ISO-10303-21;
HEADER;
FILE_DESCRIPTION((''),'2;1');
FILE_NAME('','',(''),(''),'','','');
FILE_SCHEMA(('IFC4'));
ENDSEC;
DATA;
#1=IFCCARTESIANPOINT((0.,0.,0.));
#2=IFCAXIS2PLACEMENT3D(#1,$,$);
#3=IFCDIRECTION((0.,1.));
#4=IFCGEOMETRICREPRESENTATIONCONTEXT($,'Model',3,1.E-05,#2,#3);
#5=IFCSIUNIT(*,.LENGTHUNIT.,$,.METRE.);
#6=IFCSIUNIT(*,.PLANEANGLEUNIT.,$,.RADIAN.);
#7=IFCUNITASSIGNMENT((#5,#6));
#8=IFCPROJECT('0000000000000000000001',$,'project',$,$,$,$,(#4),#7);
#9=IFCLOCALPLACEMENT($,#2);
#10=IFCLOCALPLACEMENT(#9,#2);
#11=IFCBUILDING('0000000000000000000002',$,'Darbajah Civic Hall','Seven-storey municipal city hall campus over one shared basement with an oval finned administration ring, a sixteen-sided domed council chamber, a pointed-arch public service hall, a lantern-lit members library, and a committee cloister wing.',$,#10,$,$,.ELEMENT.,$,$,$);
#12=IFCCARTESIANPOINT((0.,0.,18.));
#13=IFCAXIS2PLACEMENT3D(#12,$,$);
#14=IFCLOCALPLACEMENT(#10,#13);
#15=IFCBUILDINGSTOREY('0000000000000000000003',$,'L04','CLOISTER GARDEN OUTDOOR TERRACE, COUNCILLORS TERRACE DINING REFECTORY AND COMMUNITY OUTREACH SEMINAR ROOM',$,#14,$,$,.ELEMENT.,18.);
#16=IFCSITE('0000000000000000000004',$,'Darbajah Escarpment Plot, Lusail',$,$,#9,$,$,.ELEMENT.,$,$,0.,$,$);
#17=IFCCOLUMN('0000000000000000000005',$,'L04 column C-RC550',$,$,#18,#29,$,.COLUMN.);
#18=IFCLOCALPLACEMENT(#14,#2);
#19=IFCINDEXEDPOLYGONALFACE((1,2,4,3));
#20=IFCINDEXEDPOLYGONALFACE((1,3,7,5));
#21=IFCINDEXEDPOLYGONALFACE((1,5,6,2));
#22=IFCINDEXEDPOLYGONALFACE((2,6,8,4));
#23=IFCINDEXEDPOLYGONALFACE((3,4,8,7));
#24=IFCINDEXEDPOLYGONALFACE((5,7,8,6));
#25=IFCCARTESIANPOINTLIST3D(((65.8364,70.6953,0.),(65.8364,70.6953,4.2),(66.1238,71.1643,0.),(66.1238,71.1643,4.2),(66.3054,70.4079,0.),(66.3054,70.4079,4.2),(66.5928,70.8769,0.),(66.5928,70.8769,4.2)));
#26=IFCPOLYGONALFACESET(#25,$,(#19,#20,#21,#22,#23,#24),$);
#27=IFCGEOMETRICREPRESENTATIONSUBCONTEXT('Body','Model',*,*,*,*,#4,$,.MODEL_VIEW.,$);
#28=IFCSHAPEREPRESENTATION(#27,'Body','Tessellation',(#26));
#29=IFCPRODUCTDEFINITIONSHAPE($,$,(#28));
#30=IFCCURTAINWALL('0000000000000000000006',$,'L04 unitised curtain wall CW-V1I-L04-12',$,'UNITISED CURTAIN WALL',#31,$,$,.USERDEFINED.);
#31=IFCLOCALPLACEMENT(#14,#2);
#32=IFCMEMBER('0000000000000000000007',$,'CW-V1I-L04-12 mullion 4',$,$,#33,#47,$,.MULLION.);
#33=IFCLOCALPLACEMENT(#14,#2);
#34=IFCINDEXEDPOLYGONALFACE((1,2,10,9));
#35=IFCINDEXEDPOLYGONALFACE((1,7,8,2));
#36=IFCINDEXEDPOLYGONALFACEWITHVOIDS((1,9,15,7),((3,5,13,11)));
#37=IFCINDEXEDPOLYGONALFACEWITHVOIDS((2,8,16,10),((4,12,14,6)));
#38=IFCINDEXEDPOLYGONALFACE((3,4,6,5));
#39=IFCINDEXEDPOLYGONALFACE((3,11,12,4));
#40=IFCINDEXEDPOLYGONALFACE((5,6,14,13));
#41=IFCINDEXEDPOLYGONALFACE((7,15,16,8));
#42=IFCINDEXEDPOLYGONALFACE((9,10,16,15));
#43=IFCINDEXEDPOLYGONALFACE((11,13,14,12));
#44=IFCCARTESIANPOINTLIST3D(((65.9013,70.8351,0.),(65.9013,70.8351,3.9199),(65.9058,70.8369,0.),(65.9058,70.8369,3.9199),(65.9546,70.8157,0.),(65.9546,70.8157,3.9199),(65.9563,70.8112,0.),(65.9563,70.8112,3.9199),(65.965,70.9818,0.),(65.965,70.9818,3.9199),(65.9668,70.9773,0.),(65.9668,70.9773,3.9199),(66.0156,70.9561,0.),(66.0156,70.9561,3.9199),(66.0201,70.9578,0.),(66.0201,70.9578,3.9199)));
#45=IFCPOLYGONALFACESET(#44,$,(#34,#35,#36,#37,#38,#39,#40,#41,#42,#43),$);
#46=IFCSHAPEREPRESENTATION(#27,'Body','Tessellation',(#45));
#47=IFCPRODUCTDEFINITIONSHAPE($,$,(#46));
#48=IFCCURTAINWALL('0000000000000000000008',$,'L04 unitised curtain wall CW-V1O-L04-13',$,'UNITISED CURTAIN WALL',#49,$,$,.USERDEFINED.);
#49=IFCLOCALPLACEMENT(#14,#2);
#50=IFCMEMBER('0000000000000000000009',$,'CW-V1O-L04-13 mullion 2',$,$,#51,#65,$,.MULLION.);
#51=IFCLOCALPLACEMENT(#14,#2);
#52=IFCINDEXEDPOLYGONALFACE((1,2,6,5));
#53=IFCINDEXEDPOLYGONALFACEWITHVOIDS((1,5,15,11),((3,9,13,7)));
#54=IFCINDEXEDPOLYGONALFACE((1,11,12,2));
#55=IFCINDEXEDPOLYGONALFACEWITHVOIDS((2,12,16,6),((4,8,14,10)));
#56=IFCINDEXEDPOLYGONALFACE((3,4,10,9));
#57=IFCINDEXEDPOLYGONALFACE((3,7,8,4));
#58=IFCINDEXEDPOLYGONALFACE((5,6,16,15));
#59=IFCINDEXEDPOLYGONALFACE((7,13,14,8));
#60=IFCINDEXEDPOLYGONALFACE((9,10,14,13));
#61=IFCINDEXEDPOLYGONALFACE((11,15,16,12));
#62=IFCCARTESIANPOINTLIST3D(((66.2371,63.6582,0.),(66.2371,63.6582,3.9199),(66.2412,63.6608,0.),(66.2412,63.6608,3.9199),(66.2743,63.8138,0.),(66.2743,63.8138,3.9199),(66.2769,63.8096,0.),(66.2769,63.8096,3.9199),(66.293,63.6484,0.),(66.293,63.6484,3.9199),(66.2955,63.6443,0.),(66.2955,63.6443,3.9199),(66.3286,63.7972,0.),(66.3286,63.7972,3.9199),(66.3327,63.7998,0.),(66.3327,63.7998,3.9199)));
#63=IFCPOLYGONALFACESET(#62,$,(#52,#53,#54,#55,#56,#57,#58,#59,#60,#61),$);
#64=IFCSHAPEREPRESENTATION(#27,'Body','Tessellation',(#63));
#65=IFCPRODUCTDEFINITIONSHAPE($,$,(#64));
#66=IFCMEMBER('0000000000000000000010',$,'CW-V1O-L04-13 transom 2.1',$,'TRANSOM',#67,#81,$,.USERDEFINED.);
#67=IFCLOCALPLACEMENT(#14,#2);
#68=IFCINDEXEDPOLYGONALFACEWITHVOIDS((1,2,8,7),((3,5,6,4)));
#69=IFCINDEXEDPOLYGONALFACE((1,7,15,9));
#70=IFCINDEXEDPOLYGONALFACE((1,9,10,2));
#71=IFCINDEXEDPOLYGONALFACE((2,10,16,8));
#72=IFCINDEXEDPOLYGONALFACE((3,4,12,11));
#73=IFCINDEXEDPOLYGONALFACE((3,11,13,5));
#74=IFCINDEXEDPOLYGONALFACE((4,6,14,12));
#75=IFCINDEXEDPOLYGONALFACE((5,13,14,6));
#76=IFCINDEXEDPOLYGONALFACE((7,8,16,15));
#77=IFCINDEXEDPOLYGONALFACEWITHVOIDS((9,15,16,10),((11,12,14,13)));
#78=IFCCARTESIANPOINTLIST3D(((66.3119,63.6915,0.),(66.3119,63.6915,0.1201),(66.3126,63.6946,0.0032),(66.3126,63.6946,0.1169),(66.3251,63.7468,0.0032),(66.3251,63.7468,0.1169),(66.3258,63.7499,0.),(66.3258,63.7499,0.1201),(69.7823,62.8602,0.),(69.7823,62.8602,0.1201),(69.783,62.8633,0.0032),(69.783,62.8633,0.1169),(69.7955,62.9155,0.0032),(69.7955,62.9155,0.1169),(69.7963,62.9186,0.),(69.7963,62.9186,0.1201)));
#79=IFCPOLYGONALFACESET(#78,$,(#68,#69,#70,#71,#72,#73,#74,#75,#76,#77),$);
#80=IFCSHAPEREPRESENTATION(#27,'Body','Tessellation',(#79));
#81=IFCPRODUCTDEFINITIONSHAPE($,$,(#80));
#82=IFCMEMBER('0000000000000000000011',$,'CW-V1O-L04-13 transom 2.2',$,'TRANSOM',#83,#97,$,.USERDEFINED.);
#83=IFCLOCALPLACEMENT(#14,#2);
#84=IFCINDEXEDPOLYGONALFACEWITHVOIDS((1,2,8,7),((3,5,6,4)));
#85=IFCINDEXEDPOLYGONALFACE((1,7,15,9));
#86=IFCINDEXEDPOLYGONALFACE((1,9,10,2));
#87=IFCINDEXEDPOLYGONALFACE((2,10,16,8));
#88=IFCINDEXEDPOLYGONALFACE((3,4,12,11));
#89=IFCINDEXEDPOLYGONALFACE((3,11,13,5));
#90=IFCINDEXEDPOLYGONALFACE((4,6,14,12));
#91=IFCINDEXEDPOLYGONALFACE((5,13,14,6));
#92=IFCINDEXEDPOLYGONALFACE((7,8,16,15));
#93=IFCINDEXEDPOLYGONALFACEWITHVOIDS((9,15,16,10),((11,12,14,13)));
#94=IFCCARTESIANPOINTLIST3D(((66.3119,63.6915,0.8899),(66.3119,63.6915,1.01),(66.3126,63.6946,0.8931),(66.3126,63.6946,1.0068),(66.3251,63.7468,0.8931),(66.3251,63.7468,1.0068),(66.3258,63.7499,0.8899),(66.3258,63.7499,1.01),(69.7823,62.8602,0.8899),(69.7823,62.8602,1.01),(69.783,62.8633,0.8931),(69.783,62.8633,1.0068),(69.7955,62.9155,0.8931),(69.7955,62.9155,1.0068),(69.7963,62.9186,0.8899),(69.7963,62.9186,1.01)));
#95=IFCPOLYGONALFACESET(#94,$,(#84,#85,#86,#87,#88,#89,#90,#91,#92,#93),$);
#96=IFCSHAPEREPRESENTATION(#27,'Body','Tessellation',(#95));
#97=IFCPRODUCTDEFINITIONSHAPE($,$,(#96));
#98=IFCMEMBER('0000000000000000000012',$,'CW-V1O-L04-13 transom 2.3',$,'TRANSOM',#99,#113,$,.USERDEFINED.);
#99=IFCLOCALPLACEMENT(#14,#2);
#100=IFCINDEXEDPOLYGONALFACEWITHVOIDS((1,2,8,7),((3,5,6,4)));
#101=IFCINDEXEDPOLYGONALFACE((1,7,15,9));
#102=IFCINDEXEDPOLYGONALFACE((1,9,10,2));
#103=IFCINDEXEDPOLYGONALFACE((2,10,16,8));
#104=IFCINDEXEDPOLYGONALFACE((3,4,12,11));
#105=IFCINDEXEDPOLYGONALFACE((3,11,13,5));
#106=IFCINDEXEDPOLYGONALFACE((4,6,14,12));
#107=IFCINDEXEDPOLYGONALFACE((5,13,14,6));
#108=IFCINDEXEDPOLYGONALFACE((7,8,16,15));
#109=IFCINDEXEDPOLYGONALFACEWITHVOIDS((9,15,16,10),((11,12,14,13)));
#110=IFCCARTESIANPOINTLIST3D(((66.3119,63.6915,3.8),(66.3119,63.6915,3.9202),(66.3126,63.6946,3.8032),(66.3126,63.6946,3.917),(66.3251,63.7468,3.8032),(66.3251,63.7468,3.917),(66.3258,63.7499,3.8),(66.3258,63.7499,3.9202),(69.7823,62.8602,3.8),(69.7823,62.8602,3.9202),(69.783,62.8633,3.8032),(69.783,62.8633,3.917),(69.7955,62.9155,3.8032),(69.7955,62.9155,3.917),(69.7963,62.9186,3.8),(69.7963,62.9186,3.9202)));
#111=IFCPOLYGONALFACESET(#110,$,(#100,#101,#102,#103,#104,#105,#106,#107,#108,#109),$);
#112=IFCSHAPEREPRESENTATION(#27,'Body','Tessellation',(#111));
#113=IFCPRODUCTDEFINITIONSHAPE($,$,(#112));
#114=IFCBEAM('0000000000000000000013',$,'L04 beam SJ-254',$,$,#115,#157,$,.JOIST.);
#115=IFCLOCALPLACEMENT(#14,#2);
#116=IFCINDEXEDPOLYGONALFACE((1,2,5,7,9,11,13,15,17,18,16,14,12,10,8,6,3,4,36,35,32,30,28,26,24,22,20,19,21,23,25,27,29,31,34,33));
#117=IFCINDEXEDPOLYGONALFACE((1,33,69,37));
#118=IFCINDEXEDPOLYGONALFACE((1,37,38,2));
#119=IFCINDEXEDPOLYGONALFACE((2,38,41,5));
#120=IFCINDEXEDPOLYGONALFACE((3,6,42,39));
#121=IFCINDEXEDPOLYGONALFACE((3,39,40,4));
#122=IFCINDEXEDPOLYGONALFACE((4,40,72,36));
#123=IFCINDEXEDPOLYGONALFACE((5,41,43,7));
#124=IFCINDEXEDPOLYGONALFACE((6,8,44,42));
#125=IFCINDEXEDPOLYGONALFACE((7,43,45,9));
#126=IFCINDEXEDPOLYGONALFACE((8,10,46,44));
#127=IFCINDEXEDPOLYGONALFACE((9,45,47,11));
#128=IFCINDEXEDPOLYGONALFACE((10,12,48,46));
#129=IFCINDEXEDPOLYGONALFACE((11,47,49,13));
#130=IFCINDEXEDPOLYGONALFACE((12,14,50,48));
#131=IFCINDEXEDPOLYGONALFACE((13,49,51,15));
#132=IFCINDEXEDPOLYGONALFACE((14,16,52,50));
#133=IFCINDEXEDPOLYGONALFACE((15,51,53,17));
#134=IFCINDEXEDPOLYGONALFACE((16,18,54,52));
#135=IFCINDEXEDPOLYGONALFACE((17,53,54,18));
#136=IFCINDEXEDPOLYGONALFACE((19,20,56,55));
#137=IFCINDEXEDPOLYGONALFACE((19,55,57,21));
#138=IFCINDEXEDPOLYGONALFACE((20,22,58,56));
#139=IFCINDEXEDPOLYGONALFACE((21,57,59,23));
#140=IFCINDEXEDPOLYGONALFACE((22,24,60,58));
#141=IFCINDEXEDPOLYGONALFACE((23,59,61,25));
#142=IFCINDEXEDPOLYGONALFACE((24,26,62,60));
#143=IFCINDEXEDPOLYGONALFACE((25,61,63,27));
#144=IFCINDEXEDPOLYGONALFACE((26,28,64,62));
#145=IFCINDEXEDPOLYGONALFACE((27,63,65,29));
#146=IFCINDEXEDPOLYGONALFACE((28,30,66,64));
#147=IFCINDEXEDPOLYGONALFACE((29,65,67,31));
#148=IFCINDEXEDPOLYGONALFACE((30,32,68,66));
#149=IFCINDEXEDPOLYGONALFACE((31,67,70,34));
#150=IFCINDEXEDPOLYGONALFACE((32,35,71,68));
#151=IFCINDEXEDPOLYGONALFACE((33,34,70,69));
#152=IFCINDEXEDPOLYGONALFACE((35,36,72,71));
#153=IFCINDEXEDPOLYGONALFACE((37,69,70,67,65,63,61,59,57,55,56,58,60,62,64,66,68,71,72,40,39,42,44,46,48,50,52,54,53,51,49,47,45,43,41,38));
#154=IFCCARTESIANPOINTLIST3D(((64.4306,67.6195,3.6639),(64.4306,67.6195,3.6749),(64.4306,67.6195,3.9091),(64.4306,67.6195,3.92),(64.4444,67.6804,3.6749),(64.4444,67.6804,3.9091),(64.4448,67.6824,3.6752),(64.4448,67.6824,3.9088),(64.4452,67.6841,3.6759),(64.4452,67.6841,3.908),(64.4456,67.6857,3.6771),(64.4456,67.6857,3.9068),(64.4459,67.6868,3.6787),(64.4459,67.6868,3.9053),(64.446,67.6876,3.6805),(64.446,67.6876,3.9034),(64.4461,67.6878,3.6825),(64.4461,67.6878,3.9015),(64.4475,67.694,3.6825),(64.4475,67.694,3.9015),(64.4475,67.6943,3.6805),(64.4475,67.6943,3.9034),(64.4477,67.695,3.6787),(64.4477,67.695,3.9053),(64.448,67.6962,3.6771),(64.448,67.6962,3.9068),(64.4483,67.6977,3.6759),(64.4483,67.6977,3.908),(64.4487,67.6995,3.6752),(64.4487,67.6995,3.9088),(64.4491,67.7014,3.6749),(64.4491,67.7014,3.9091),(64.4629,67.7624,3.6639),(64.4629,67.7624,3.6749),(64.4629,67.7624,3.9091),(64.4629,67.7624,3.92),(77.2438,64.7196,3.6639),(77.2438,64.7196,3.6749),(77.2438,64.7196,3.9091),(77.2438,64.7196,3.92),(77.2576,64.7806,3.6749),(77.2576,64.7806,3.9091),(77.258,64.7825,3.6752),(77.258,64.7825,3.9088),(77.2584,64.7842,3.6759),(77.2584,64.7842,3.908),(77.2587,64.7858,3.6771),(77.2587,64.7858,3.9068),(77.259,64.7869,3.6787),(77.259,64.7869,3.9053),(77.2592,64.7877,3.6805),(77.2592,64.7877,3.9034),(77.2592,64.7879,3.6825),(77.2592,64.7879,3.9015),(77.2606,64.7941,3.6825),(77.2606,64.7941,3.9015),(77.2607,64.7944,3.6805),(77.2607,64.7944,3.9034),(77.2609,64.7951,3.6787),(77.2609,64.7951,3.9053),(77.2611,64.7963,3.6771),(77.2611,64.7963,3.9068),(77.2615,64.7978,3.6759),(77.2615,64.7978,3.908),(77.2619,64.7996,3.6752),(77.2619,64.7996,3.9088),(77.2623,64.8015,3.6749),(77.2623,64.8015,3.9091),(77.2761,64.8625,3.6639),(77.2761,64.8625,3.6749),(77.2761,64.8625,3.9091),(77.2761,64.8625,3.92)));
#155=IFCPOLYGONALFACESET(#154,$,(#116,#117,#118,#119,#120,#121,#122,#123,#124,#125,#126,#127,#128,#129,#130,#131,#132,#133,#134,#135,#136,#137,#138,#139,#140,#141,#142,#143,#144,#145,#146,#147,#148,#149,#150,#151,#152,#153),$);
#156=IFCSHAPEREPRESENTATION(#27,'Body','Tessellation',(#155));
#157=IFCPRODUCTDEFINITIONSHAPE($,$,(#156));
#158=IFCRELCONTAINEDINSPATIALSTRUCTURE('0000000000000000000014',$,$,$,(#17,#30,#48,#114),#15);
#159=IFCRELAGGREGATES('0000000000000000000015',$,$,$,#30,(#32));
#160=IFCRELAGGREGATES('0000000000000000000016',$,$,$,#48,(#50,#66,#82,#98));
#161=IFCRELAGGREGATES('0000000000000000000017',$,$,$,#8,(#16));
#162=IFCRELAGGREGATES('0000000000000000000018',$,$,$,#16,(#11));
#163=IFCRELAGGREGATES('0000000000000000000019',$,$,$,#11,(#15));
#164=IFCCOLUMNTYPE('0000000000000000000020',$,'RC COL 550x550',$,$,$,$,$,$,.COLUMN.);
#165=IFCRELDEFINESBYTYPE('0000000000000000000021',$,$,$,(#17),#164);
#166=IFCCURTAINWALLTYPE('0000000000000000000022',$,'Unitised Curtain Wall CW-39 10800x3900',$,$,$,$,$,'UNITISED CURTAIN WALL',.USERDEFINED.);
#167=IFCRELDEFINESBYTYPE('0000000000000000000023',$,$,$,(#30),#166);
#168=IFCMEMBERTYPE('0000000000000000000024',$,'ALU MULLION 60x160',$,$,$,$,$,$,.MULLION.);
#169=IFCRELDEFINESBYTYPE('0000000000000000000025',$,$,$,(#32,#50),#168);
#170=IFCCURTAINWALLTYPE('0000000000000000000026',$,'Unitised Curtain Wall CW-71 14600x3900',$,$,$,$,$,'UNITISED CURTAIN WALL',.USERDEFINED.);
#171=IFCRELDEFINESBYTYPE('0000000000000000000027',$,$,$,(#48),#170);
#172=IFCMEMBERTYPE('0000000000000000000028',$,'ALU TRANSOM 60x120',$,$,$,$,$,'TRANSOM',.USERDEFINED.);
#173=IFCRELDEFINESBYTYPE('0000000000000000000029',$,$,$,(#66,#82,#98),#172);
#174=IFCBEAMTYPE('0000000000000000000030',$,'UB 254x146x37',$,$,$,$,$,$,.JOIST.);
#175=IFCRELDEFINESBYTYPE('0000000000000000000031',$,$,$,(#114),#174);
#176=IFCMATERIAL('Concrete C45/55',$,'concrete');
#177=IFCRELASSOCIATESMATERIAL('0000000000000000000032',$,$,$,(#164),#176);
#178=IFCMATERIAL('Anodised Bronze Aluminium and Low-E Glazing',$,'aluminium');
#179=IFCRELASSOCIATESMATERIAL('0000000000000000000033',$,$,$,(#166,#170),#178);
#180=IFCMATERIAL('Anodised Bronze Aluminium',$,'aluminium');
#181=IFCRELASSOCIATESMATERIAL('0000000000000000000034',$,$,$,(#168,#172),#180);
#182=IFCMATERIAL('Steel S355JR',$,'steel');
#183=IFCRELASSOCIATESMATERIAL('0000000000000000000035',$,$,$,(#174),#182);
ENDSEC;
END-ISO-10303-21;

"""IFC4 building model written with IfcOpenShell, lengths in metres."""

from ifc_helpers import new_model, si_unit, direction, frame, origin, origin_2d, place, context, subcontext, project, spatial, rectangle, hollow_rectangle, i_section, extrude, material, material_profile, profile_set, type_object, element, aggregate, save


model = new_model("IFC4")

# Units and contexts
model_context = context("Model", 3, precision=1e-05, world=origin(), true_north=direction((0.0, 1.0)))
body_context = subcontext(model_context, "Body", "Model", "MODEL_VIEW")
ifc_project = project(units=[si_unit("LENGTHUNIT", "METRE"), si_unit("PLANEANGLEUNIT", "RADIAN")], contexts=[model_context])

# Site, building, storey
site_placement = place(None, origin())
site = spatial("IfcSite", under=ifc_project, at=site_placement, Name="Darbajah Escarpment Plot, Lusail", CompositionType="ELEMENT", RefElevation=0.0)
building_placement = place(site_placement, origin())
building = spatial("IfcBuilding", under=site, at=building_placement, Name="Darbajah Civic Hall", Description="Seven-storey municipal city hall campus over one shared basement with an oval finned administration ring, a sixteen-sided domed council chamber, a pointed-arch public service hall, a lantern-lit members library, and a committee cloister wing.", CompositionType="ELEMENT")
storey_placement = place(building_placement, frame((0.0, 0.0, 18.0)))
storey = spatial("IfcBuildingStorey", under=building, at=storey_placement, Name="L04", Description="CLOISTER GARDEN OUTDOOR TERRACE, COUNCILLORS TERRACE DINING REFECTORY AND COMMUNITY OUTREACH SEMINAR ROOM", CompositionType="ELEMENT", Elevation=18.0)

# Column
ifc_material_1 = material(Name="Concrete C45/55", Category="concrete")
ifc_material_profile_1 = material_profile(ifc_material_1, rectangle(XDim=0.55, YDim=0.55, at=origin_2d()), Name="RC COL 550x550")
ifc_profile_set_1 = profile_set([ifc_material_profile_1], Name="Concrete C45/55")
column_type = type_object("IfcColumnType", Name="RC COL 550x550", PredefinedType="COLUMN", material=ifc_profile_set_1)
column_placement = place(storey_placement, frame((66.2146, 70.7861, 0.0), z_axis=(0.0, 0.0, 1.0), x_axis=(-0.522499, -0.85264, 0.0)))
element("IfcColumn", 1, at=column_placement, inside=storey, type_object=column_type, Name="L04 column C-RC550", PredefinedType="COLUMN", context=body_context, shape_type="SweptSolid", body=[
    extrude(rectangle(XDim=0.55, YDim=0.55, at=origin_2d()), origin(), (0.0, 0.0, 1.0), 4.2),
])

# Curtain wall, member
ifc_material_2 = material(Name="Anodised Bronze Aluminium and Low-E Glazing", Category="aluminium")
curtain_wall_type_1 = type_object("IfcCurtainWallType", Name="Unitised Curtain Wall CW-39 10800x3900", ElementType="UNITISED CURTAIN WALL", PredefinedType="USERDEFINED", material=ifc_material_2)
curtain_wall_1_placement = place(storey_placement, origin())
curtain_wall_1 = element("IfcCurtainWall", 2, at=curtain_wall_1_placement, inside=storey, type_object=curtain_wall_type_1, Name="L04 unitised curtain wall CW-V1I-L04-12", ObjectType="UNITISED CURTAIN WALL", PredefinedType="USERDEFINED")
ifc_material_3 = material(Name="Anodised Bronze Aluminium", Category="aluminium")
ifc_material_profile_2 = material_profile(ifc_material_3, hollow_rectangle(XDim=0.0601, YDim=0.1599, WallThickness=0.0034, at=origin_2d()), Name="ALU MULLION 60x160")
ifc_profile_set_2 = profile_set([ifc_material_profile_2], Name="Anodised Bronze Aluminium")
member_type_1 = type_object("IfcMemberType", Name="ALU MULLION 60x160", PredefinedType="MULLION", material=ifc_profile_set_2)
member_1_placement = place(storey_placement, frame((65.9607, 70.8965, 0.0), z_axis=(0.0, 0.0, 1.0), x_axis=(0.91706, -0.398749, 0.0)))
member_1 = element("IfcMember", 3, at=member_1_placement, type_object=member_type_1, Name="CW-V1I-L04-12 mullion 4", PredefinedType="MULLION", context=body_context, shape_type="SweptSolid", body=[
    extrude(hollow_rectangle(XDim=0.0601, YDim=0.1599, WallThickness=0.0034, at=origin_2d()), origin(), (0.0, 0.0, 1.0), 3.9199),
])

# Curtain wall, members
curtain_wall_type_2 = type_object("IfcCurtainWallType", Name="Unitised Curtain Wall CW-71 14600x3900", ElementType="UNITISED CURTAIN WALL", PredefinedType="USERDEFINED", material=ifc_material_2)
curtain_wall_2_placement = place(storey_placement, origin())
curtain_wall_2 = element("IfcCurtainWall", 4, at=curtain_wall_2_placement, inside=storey, type_object=curtain_wall_type_2, Name="L04 unitised curtain wall CW-V1O-L04-13", ObjectType="UNITISED CURTAIN WALL", PredefinedType="USERDEFINED")
member_2_placement = place(storey_placement, frame((66.2849, 63.729, 0.0), z_axis=(0.0, 0.0, 1.0), x_axis=(0.972492, -0.232936, 0.0)))
member_2 = element("IfcMember", 5, at=member_2_placement, type_object=member_type_1, Name="CW-V1O-L04-13 mullion 2", PredefinedType="MULLION", context=body_context, shape_type="SweptSolid", body=[
    extrude(hollow_rectangle(XDim=0.0601, YDim=0.1599, WallThickness=0.0034, at=origin_2d()), origin(), (0.0, 0.0, 1.0), 3.9199),
])
ifc_material_profile_3 = material_profile(ifc_material_3, hollow_rectangle(XDim=0.0601, YDim=0.1201, WallThickness=0.0032, at=origin_2d()), Name="ALU TRANSOM 60x120")
ifc_profile_set_3 = profile_set([ifc_material_profile_3], Name="Anodised Bronze Aluminium")
member_type_2 = type_object("IfcMemberType", Name="ALU TRANSOM 60x120", ElementType="TRANSOM", PredefinedType="USERDEFINED", material=ifc_profile_set_3)
member_3_placement = place(storey_placement, frame((66.3188, 63.7207, 0.0601), z_axis=(0.97249, -0.232946, 0.0), x_axis=(0.232946, 0.97249, 0.0)))
member_3 = element("IfcMember", 6, at=member_3_placement, type_object=member_type_2, Name="CW-V1O-L04-13 transom 2.1", ObjectType="TRANSOM", PredefinedType="USERDEFINED", context=body_context, shape_type="SweptSolid", body=[
    extrude(hollow_rectangle(XDim=0.0601, YDim=0.1201, WallThickness=0.0032, at=origin_2d()), origin(), (0.0, 0.0, 1.0), 3.5686),
])
member_4_placement = place(storey_placement, frame((66.3188, 63.7207, 0.95), z_axis=(0.97249, -0.232946, 0.0), x_axis=(0.232946, 0.97249, 0.0)))
member_4 = element("IfcMember", 7, at=member_4_placement, type_object=member_type_2, Name="CW-V1O-L04-13 transom 2.2", ObjectType="TRANSOM", PredefinedType="USERDEFINED", context=body_context, shape_type="SweptSolid", body=[
    extrude(hollow_rectangle(XDim=0.0601, YDim=0.1201, WallThickness=0.0032, at=origin_2d()), origin(), (0.0, 0.0, 1.0), 3.5686),
])
member_5_placement = place(storey_placement, frame((66.3188, 63.7207, 3.8601), z_axis=(0.97249, -0.232946, 0.0), x_axis=(0.232946, 0.97249, 0.0)))
member_5 = element("IfcMember", 8, at=member_5_placement, type_object=member_type_2, Name="CW-V1O-L04-13 transom 2.3", ObjectType="TRANSOM", PredefinedType="USERDEFINED", context=body_context, shape_type="SweptSolid", body=[
    extrude(hollow_rectangle(XDim=0.0601, YDim=0.1201, WallThickness=0.0032, at=origin_2d()), origin(), (0.0, 0.0, 1.0), 3.5686),
])

# Beam
ifc_material_4 = material(Name="Steel S355JR", Category="steel")
ifc_material_profile_4 = material_profile(ifc_material_4, i_section(OverallWidth=0.1465, OverallDepth=0.2561, WebThickness=0.0063, FlangeThickness=0.011, FilletRadius=0.0076, at=origin_2d()), Name="UB 254x146x37")
ifc_profile_set_4 = profile_set([ifc_material_profile_4], Name="Steel S355JR")
beam_type_1 = type_object("IfcBeamType", Name="UB 254x146x37", PredefinedType="JOIST", material=ifc_profile_set_4)
beam_1_placement = place(storey_placement, frame((64.4468, 67.6909, 3.792), z_axis=(0.975333, -0.220738, 0.0), x_axis=(0.220738, 0.975333, 0.0)))
element("IfcBeam", 9, at=beam_1_placement, inside=storey, type_object=beam_type_1, Name="L04 beam SJ-254", PredefinedType="JOIST", context=body_context, shape_type="SweptSolid", body=[
    extrude(i_section(OverallWidth=0.1465, OverallDepth=0.2561, WebThickness=0.0063, FlangeThickness=0.011, FilletRadius=0.0076, at=origin_2d()), origin(), (0.0, 0.0, 1.0), 13.1372),
])

aggregate(curtain_wall_1, [member_1])
aggregate(curtain_wall_2, [member_2, member_3, member_4, member_5])

save(model, "model.ifc")
